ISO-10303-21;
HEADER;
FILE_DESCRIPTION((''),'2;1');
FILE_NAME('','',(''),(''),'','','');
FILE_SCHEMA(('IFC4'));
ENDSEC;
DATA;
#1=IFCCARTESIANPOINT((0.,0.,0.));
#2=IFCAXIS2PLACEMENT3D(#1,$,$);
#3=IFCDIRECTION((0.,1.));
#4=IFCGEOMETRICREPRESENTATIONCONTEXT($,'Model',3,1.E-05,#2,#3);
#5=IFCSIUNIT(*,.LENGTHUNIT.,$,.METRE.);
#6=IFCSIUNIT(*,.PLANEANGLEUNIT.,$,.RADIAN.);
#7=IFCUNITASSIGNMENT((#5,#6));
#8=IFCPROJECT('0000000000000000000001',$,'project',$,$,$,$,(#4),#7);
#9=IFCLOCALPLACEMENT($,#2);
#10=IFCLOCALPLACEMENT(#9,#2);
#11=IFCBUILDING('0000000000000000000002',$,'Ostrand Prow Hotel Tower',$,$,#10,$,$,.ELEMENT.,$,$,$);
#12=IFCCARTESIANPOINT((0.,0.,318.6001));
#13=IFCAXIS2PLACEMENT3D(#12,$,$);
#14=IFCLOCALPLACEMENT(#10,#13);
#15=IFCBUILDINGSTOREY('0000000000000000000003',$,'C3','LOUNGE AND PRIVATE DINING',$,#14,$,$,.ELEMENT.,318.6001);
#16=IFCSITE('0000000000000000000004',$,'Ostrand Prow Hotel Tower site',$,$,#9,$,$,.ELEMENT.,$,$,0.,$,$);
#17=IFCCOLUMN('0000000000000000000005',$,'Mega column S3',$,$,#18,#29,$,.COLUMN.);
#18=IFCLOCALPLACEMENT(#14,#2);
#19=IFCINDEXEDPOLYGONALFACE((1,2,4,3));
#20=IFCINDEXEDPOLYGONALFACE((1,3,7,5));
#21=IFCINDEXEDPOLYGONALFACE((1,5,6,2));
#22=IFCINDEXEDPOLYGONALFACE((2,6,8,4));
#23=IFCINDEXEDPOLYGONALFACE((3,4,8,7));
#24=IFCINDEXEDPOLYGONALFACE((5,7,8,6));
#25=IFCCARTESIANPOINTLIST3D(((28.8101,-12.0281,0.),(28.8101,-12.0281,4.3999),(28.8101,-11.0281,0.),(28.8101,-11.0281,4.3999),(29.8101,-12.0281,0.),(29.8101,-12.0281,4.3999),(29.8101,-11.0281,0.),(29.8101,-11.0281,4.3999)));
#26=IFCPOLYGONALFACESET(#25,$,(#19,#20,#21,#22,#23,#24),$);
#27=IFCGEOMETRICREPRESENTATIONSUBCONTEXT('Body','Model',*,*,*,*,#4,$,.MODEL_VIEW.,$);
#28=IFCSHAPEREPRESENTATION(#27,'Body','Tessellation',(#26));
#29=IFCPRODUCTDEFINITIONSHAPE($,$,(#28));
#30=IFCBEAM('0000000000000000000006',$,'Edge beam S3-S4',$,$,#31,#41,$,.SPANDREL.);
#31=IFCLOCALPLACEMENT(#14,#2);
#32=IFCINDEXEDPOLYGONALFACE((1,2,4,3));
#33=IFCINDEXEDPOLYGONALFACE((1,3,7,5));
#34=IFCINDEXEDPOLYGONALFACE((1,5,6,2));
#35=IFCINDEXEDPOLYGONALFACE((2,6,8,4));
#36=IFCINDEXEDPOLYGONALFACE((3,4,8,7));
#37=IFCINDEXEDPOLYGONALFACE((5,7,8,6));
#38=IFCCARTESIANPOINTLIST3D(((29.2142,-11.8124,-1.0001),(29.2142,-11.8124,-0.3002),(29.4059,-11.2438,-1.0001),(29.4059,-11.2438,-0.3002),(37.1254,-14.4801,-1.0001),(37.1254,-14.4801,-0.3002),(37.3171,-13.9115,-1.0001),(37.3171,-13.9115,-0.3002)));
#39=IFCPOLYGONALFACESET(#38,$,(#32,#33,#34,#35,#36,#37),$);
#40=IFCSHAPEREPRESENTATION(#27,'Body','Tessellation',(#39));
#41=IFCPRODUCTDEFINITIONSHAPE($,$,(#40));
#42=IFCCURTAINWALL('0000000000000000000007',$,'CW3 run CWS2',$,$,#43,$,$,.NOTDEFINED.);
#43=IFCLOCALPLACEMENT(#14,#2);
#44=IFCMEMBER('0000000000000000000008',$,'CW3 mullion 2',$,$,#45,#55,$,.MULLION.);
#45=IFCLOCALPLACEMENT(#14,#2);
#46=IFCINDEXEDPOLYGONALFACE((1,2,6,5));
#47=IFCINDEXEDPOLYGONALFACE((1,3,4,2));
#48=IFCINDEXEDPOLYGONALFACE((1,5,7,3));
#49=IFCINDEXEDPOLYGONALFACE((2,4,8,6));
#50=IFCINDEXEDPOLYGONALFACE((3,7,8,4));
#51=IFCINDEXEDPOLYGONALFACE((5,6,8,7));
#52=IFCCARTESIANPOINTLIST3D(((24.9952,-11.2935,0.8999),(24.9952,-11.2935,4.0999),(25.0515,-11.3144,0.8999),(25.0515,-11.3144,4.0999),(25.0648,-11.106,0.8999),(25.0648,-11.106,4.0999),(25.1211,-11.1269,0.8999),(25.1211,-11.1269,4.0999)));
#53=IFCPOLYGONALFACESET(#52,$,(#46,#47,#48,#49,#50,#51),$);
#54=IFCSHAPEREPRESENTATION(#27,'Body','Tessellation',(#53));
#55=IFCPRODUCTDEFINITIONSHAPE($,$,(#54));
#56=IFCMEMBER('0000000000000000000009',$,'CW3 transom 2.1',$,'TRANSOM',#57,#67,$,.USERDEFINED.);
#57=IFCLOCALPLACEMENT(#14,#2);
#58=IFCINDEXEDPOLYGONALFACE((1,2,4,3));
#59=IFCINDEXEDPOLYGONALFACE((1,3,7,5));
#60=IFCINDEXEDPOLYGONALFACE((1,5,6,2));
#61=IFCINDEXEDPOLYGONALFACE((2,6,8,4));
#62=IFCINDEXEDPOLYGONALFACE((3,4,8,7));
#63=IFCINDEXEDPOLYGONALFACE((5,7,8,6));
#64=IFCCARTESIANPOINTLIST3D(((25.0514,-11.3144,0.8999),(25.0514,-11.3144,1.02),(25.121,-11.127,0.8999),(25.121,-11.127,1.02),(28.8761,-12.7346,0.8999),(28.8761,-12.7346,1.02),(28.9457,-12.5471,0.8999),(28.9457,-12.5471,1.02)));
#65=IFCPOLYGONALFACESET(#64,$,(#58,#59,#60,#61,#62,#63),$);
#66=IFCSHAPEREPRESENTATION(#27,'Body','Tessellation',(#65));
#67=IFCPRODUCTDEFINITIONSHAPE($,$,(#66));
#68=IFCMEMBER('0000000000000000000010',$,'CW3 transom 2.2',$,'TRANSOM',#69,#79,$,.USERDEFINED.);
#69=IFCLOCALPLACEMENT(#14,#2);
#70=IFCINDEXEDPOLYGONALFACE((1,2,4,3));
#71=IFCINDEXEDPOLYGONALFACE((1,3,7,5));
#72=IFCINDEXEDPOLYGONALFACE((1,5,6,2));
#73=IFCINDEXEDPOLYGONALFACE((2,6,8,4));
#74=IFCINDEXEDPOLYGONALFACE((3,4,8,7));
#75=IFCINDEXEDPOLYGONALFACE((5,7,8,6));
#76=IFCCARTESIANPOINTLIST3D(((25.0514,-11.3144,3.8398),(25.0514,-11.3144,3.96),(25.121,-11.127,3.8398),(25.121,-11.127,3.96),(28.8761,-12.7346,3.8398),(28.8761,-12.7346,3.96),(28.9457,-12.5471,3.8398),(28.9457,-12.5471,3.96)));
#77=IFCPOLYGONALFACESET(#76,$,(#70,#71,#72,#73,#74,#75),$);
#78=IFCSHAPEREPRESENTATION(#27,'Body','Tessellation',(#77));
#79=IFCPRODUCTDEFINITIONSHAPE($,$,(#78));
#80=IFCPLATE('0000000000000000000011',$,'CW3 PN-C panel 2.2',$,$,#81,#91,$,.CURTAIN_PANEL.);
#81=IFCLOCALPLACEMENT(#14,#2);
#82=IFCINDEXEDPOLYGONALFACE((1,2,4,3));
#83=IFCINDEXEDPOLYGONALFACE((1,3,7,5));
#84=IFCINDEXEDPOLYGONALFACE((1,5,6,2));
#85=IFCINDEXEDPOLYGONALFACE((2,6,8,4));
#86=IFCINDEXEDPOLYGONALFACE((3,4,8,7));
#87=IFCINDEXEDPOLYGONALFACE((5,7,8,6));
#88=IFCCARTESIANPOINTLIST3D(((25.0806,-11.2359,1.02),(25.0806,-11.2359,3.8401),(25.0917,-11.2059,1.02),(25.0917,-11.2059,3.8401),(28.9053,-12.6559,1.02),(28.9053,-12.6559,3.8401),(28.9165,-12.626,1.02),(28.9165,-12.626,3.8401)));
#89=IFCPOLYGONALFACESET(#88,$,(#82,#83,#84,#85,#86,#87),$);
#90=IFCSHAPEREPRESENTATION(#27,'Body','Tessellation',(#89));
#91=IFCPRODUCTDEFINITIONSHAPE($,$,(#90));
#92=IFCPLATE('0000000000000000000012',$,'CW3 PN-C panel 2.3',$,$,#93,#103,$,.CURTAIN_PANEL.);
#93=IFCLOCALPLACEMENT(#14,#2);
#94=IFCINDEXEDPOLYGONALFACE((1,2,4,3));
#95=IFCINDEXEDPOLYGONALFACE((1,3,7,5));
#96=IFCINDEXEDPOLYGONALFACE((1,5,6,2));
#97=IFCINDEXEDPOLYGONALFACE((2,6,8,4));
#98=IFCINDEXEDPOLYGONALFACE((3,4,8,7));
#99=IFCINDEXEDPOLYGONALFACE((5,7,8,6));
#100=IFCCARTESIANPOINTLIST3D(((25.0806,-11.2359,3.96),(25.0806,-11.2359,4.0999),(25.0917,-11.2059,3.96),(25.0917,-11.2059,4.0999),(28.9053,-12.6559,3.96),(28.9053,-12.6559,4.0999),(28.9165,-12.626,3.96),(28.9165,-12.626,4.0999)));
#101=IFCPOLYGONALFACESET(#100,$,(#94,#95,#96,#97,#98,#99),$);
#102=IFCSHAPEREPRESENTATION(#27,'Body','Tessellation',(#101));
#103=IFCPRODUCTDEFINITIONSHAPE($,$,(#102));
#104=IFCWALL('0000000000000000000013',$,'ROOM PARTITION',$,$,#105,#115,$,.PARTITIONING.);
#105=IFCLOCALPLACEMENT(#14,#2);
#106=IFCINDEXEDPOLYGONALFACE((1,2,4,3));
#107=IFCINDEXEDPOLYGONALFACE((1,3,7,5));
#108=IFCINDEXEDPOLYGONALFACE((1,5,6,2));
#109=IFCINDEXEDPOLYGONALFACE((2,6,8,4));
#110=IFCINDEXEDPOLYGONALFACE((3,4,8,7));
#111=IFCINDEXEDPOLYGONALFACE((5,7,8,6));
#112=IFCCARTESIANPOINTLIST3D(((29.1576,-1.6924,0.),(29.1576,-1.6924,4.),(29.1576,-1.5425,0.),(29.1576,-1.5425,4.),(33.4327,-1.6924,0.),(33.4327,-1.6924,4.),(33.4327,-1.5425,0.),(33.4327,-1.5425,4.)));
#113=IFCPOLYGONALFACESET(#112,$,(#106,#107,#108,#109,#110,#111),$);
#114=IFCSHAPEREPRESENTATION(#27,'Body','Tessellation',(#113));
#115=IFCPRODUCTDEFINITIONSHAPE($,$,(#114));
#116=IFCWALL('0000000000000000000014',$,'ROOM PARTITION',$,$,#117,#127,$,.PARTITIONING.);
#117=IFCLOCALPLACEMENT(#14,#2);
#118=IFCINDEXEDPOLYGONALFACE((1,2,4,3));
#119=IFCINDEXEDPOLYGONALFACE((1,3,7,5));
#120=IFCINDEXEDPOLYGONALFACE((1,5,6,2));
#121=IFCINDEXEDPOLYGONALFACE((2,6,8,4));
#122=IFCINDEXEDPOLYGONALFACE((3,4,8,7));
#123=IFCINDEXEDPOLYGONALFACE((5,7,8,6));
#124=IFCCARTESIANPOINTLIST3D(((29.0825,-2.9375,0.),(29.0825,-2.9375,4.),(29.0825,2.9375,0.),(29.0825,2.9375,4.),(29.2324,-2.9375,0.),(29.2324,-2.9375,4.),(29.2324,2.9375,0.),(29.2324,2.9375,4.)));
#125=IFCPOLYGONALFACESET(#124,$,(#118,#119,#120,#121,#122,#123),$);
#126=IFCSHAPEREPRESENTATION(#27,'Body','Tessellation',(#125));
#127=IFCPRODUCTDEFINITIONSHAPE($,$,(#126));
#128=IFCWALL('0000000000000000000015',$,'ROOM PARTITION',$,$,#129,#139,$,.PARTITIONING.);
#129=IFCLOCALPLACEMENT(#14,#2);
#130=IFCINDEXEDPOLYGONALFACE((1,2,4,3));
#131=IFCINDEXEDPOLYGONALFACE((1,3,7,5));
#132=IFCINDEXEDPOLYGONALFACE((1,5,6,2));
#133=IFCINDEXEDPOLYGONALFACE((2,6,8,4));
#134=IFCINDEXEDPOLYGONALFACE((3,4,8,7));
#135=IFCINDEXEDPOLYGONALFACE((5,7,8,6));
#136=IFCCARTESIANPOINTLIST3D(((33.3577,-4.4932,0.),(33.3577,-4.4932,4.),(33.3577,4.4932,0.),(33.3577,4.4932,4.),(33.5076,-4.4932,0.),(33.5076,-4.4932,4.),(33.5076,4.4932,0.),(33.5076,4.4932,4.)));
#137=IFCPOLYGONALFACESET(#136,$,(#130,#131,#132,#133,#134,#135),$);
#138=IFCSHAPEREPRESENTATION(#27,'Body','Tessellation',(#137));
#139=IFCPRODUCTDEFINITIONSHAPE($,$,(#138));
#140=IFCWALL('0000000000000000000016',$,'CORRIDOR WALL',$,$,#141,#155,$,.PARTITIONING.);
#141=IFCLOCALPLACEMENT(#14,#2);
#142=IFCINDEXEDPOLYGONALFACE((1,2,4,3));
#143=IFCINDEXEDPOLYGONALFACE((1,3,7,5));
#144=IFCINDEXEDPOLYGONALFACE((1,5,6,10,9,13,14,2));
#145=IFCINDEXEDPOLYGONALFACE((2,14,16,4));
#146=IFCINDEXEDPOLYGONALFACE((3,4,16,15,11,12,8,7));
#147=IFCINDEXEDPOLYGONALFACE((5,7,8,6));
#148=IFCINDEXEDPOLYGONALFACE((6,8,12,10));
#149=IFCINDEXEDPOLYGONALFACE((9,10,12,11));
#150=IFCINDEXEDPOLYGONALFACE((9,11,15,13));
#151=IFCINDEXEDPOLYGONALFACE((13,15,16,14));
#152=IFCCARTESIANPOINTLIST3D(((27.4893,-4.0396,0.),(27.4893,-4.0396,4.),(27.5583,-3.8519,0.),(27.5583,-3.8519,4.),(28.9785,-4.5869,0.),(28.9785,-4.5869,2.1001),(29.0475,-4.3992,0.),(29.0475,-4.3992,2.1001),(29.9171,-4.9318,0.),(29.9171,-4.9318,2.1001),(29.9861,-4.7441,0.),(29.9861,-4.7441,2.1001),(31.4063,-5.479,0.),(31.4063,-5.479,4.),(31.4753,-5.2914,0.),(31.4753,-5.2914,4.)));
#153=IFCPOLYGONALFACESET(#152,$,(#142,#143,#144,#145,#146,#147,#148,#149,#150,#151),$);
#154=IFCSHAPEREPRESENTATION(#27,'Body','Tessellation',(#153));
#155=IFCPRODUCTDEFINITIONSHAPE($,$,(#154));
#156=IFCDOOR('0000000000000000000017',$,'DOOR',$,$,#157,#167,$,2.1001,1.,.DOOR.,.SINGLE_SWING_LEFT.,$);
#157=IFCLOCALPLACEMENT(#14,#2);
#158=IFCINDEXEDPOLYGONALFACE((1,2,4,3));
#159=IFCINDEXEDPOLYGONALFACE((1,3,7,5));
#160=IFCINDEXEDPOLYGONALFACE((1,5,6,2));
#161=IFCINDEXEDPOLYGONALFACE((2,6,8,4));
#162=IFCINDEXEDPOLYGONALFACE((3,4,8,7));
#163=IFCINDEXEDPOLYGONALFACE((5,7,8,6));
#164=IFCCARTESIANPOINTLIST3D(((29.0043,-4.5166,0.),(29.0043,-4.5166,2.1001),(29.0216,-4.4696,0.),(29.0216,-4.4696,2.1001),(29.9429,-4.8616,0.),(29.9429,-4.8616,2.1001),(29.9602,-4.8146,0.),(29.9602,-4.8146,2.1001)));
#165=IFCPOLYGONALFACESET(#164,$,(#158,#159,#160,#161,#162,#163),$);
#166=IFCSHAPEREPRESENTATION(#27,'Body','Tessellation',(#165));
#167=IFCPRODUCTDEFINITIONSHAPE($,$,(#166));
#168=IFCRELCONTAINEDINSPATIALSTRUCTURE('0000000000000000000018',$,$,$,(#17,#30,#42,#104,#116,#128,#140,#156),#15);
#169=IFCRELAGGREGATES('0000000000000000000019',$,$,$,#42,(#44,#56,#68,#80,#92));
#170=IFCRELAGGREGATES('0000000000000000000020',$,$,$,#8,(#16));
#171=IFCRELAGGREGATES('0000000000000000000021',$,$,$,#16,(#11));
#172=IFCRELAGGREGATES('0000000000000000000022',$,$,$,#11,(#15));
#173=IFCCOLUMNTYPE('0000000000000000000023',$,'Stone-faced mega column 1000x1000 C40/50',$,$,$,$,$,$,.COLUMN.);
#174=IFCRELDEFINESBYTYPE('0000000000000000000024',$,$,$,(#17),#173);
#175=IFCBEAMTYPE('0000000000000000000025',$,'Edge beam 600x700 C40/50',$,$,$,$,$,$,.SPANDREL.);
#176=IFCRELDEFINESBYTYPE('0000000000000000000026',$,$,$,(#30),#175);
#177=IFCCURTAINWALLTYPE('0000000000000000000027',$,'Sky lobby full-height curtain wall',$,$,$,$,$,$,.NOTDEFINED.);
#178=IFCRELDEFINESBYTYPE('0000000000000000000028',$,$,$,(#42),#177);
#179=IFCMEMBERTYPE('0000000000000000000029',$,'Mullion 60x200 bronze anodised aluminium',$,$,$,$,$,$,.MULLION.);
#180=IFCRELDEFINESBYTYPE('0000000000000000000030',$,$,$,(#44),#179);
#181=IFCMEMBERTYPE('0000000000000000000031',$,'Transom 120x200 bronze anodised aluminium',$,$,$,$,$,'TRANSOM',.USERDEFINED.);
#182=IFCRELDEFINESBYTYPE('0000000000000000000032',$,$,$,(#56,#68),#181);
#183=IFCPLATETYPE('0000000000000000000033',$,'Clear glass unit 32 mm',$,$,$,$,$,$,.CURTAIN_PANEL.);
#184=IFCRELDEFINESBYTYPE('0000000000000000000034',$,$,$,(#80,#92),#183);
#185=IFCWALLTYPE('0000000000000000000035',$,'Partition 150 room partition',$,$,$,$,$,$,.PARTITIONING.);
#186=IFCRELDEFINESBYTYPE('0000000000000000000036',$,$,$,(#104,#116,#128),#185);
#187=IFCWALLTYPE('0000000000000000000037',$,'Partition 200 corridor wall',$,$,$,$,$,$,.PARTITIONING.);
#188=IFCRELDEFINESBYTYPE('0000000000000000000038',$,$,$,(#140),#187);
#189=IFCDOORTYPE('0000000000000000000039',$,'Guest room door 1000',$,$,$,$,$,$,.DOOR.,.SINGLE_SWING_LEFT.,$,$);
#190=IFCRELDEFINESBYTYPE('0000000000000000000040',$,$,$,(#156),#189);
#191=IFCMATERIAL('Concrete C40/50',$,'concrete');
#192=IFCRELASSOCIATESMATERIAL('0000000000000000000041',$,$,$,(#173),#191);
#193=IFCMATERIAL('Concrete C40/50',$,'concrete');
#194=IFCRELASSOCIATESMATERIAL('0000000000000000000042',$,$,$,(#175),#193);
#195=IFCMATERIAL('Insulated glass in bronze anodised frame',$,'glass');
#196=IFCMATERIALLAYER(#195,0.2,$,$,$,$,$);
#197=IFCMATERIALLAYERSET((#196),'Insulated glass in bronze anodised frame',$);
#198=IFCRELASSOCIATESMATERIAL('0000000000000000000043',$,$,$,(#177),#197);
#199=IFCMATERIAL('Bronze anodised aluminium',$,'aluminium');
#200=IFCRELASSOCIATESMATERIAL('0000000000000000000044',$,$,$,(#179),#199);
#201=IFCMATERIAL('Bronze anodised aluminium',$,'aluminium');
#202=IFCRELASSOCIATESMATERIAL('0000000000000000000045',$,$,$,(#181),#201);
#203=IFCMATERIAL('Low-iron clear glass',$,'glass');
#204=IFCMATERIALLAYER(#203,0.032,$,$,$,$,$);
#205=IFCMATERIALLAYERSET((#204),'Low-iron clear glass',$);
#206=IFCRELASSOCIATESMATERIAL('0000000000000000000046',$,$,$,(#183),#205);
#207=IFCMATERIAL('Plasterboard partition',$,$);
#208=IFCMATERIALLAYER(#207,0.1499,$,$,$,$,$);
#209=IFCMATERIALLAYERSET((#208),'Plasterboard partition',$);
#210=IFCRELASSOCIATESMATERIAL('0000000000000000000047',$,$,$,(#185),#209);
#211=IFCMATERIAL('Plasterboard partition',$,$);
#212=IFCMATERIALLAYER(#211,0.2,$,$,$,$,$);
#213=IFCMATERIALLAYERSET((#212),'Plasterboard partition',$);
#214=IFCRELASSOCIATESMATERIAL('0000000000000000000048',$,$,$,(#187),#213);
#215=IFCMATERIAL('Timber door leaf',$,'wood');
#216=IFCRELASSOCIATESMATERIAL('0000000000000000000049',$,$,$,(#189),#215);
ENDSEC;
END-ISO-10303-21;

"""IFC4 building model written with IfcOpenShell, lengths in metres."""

from ifc_helpers import new_model, si_unit, direction, frame, frame_2d, origin, origin_2d, place, context, subcontext, project, spatial, rectangle, extrude, material, layer, layer_set, material_profile, profile_set, type_object, element, fill, aggregate, save


model = new_model("IFC4")

# Units and contexts
model_context = context("Model", 3, precision=1e-05, world=origin(), true_north=direction((0.0, 1.0)))
body_context = subcontext(model_context, "Body", "Model", "MODEL_VIEW")
ifc_project = project(units=[si_unit("LENGTHUNIT", "METRE"), si_unit("PLANEANGLEUNIT", "RADIAN")], contexts=[model_context])

# Site, building, storey
site_placement = place(None, origin())
site = spatial("IfcSite", under=ifc_project, at=site_placement, Name="Ostrand Prow Hotel Tower site", CompositionType="ELEMENT", RefElevation=0.0)
building_placement = place(site_placement, origin())
building = spatial("IfcBuilding", under=site, at=building_placement, Name="Ostrand Prow Hotel Tower", CompositionType="ELEMENT")
storey_placement = place(building_placement, frame((0.0, 0.0, 318.6001)))
storey = spatial("IfcBuildingStorey", under=building, at=storey_placement, Name="C3", Description="LOUNGE AND PRIVATE DINING", CompositionType="ELEMENT", Elevation=318.6001)

# Column
ifc_material_1 = material(Name="Concrete C40/50", Category="concrete")
ifc_material_profile_1 = material_profile(ifc_material_1, rectangle(XDim=1.0, YDim=1.0, at=origin_2d()), Name="RC 1000x1000")
ifc_profile_set_1 = profile_set([ifc_material_profile_1], Name="Concrete C40/50")
column_type = type_object("IfcColumnType", Name="Stone-faced mega column 1000x1000 C40/50", PredefinedType="COLUMN", material=ifc_profile_set_1)
column_placement = place(storey_placement, frame((29.3101, -11.5281, 0.0), z_axis=(0.0, 0.0, 1.0), x_axis=(1.0, 0.0, 0.0)))
element("IfcColumn", 1, at=column_placement, inside=storey, type_object=column_type, Name="Mega column S3", PredefinedType="COLUMN", context=body_context, shape_type="SweptSolid", body=[
    extrude(rectangle(XDim=1.0, YDim=1.0, at=origin_2d()), origin(), (0.0, 0.0, 1.0), 4.3999),
])

# Beam
ifc_material_2 = material(Name="Concrete C40/50", Category="concrete")
ifc_material_profile_2 = material_profile(ifc_material_2, rectangle(XDim=0.6001, YDim=0.7, at=origin_2d()), Name="RC 600x700")
ifc_profile_set_2 = profile_set([ifc_material_profile_2], Name="Concrete C40/50")
beam_type = type_object("IfcBeamType", Name="Edge beam 600x700 C40/50", PredefinedType="SPANDREL", material=ifc_profile_set_2)
beam_placement = place(storey_placement, frame((29.3101, -11.5281, -0.6501), z_axis=(0.947575, -0.319533, 0.0), x_axis=(0.319533, 0.947575, 0.0)))
element("IfcBeam", 2, at=beam_placement, inside=storey, type_object=beam_type, Name="Edge beam S3-S4", PredefinedType="SPANDREL", context=body_context, shape_type="SweptSolid", body=[
    extrude(rectangle(XDim=0.6001, YDim=0.7, at=origin_2d()), origin(), (0.0, 0.0, 1.0), 8.3489),
])

# Curtain wall, members, plates
ifc_material_3 = material(Name="Insulated glass in bronze anodised frame", Category="glass")
ifc_layer_1 = layer(ifc_material_3, 0.2)
ifc_layer_set_1 = layer_set([ifc_layer_1], Name="Insulated glass in bronze anodised frame")
curtain_wall_type = type_object("IfcCurtainWallType", Name="Sky lobby full-height curtain wall", PredefinedType="NOTDEFINED", material=ifc_layer_set_1)
curtain_wall_placement = place(storey_placement, origin())
curtain_wall = element("IfcCurtainWall", 3, at=curtain_wall_placement, inside=storey, type_object=curtain_wall_type, Name="CW3 run CWS2", PredefinedType="NOTDEFINED")
ifc_material_4 = material(Name="Bronze anodised aluminium", Category="aluminium")
ifc_material_profile_3 = material_profile(ifc_material_4, rectangle(XDim=0.2, YDim=0.0601, at=origin_2d()), Name="Mullion 60x200 bronze anodised aluminium")
ifc_profile_set_3 = profile_set([ifc_material_profile_3], Name="Bronze anodised aluminium")
member_type_1 = type_object("IfcMemberType", Name="Mullion 60x200 bronze anodised aluminium", PredefinedType="MULLION", material=ifc_profile_set_3)
member_1_placement = place(storey_placement, frame((25.0581, -11.2102, 0.8999), z_axis=(0.0, 0.0, 1.0), x_axis=(0.348071, 0.937468, 0.0)))
member_1 = element("IfcMember", 4, at=member_1_placement, type_object=member_type_1, Name="CW3 mullion 2", PredefinedType="MULLION", context=body_context, shape_type="SweptSolid", body=[
    extrude(rectangle(XDim=0.2, YDim=0.0601, at=origin_2d()), origin(), (0.0, 0.0, 1.0), 3.2),
])
ifc_material_5 = material(Name="Bronze anodised aluminium", Category="aluminium")
ifc_material_profile_4 = material_profile(ifc_material_5, rectangle(XDim=0.2, YDim=0.1201, at=origin_2d()), Name="Transom 120x200 bronze anodised aluminium")
ifc_profile_set_4 = profile_set([ifc_material_profile_4], Name="Bronze anodised aluminium")
member_type_2 = type_object("IfcMemberType", Name="Transom 120x200 bronze anodised aluminium", ElementType="TRANSOM", PredefinedType="USERDEFINED", material=ifc_profile_set_4)
member_2_placement = place(storey_placement, frame((25.0862, -11.2207, 0.96), z_axis=(0.93746, -0.348092, 0.0), x_axis=(0.348092, 0.93746, 0.0)))
member_2 = element("IfcMember", 5, at=member_2_placement, type_object=member_type_2, Name="CW3 transom 2.1", ObjectType="TRANSOM", PredefinedType="USERDEFINED", context=body_context, shape_type="SweptSolid", body=[
    extrude(rectangle(XDim=0.2, YDim=0.1201, at=origin_2d()), origin(), (0.0, 0.0, 1.0), 4.0798),
])
member_3_placement = place(storey_placement, frame((25.0862, -11.2207, 3.8999), z_axis=(0.93746, -0.348092, 0.0), x_axis=(0.348092, 0.93746, 0.0)))
member_3 = element("IfcMember", 6, at=member_3_placement, type_object=member_type_2, Name="CW3 transom 2.2", ObjectType="TRANSOM", PredefinedType="USERDEFINED", context=body_context, shape_type="SweptSolid", body=[
    extrude(rectangle(XDim=0.2, YDim=0.1201, at=origin_2d()), origin(), (0.0, 0.0, 1.0), 4.0798),
])
ifc_material_6 = material(Name="Low-iron clear glass", Category="glass")
ifc_layer_2 = layer(ifc_material_6, 0.032)
ifc_layer_set_2 = layer_set([ifc_layer_2], Name="Low-iron clear glass")
plate_type = type_object("IfcPlateType", Name="Clear glass unit 32 mm", PredefinedType="CURTAIN_PANEL", material=ifc_layer_set_2)
plate_1_placement = place(storey_placement, frame((26.9985, -11.9309, 1.02), z_axis=(0.0, 0.0, 1.0), x_axis=(0.937468, -0.348071, 0.0)))
plate_1 = element("IfcPlate", 7, at=plate_1_placement, type_object=plate_type, Name="CW3 PN-C panel 2.2", PredefinedType="CURTAIN_PANEL", context=body_context, shape_type="SweptSolid", body=[
    extrude(rectangle(XDim=4.0798, YDim=0.032, at=origin_2d()), origin(), (0.0, 0.0, 1.0), 2.8201),
])
plate_2_placement = place(storey_placement, frame((26.9985, -11.9309, 3.96), z_axis=(0.0, 0.0, 1.0), x_axis=(0.937468, -0.348071, 0.0)))
plate_2 = element("IfcPlate", 8, at=plate_2_placement, type_object=plate_type, Name="CW3 PN-C panel 2.3", PredefinedType="CURTAIN_PANEL", context=body_context, shape_type="SweptSolid", body=[
    extrude(rectangle(XDim=4.0798, YDim=0.032, at=origin_2d()), origin(), (0.0, 0.0, 1.0), 0.1399),
])
aggregate(curtain_wall, [member_1, member_2, member_3, plate_1, plate_2])

# Walls
ifc_material_7 = material(Name="Plasterboard partition")
ifc_layer_3 = layer(ifc_material_7, 0.1499)
ifc_layer_set_3 = layer_set([ifc_layer_3], Name="Plasterboard partition")
wall_type_1 = type_object("IfcWallType", Name="Partition 150 room partition", PredefinedType="PARTITIONING", material=ifc_layer_set_3)
wall_1_placement = place(storey_placement, frame((29.1575, -1.6174, 0.0), z_axis=(0.0, 0.0, 1.0), x_axis=(1.0, 0.0, 0.0)))
element("IfcWall", 9, at=wall_1_placement, inside=storey, type_object=wall_type_1, Name="ROOM PARTITION", PredefinedType="PARTITIONING", context=body_context, shape_type="SweptSolid", body=[
    extrude(rectangle(XDim=4.2751, YDim=0.1499, at=frame_2d((2.1377, 0.0))), origin(), (0.0, 0.0, 1.0), 4.0),
])
wall_2_placement = place(storey_placement, frame((29.1575, -2.9375, 0.0), z_axis=(0.0, 0.0, 1.0), x_axis=(0.0, 1.0, 0.0)))
element("IfcWall", 10, at=wall_2_placement, inside=storey, type_object=wall_type_1, Name="ROOM PARTITION", PredefinedType="PARTITIONING", context=body_context, shape_type="SweptSolid", body=[
    extrude(rectangle(XDim=5.875, YDim=0.1499, at=frame_2d((2.9375, 0.0))), origin(), (0.0, 0.0, 1.0), 4.0),
])
wall_3_placement = place(storey_placement, frame((33.4326, -4.4932, 0.0), z_axis=(0.0, 0.0, 1.0), x_axis=(0.0, 1.0, 0.0)))
element("IfcWall", 11, at=wall_3_placement, inside=storey, type_object=wall_type_1, Name="ROOM PARTITION", PredefinedType="PARTITIONING", context=body_context, shape_type="SweptSolid", body=[
    extrude(rectangle(XDim=8.9863, YDim=0.1499, at=frame_2d((4.4932, 0.0))), origin(), (0.0, 0.0, 1.0), 4.0),
])

# Wall, opening, door
ifc_material_8 = material(Name="Plasterboard partition")
ifc_layer_4 = layer(ifc_material_8, 0.2)
ifc_layer_set_4 = layer_set([ifc_layer_4], Name="Plasterboard partition")
wall_type_2 = type_object("IfcWallType", Name="Partition 200 corridor wall", PredefinedType="PARTITIONING", material=ifc_layer_set_4)
wall_4_placement = place(storey_placement, frame((27.5239, -3.9458, 0.0), z_axis=(0.0, 0.0, 1.0), x_axis=(0.938626, -0.344935, 0.0)))
wall_4 = element("IfcWall", 12, at=wall_4_placement, inside=storey, type_object=wall_type_2, Name="CORRIDOR WALL", PredefinedType="PARTITIONING", context=body_context, shape_type="SweptSolid", body=[
    extrude(rectangle(XDim=4.1731, YDim=0.2, at=frame_2d((2.0864, 0.0))), origin(), (0.0, 0.0, 1.0), 4.0),
])
opening_1_placement = place(wall_4_placement, frame((1.5864, 0.0, 0.0)))
opening_1 = element("IfcOpeningElement", 13, at=opening_1_placement, cuts=wall_4, PredefinedType="OPENING", context=body_context, shape_type="SweptSolid", body=[
    extrude(rectangle(XDim=1.0, YDim=2.1001, at=frame_2d((0.5, 1.05))), frame((0.0, 0.1099, 0.0), z_axis=(0.0, -1.0, 0.0), x_axis=(1.0, 0.0, 0.0)), (0.0, 0.0, 1.0), 0.22),
])
ifc_material_9 = material(Name="Timber door leaf", Category="wood")
door_type_1 = type_object("IfcDoorType", Name="Guest room door 1000", OperationType="SINGLE_SWING_LEFT", PredefinedType="DOOR", material=ifc_material_9)
door_1_placement = place(opening_1_placement, origin())
door_1 = element("IfcDoor", 14, at=door_1_placement, inside=storey, type_object=door_type_1, Name="DOOR", OperationType="SINGLE_SWING_LEFT", OverallHeight=2.1001, OverallWidth=1.0, PredefinedType="DOOR", context=body_context, shape_type="SweptSolid", body=[
    extrude(rectangle(XDim=1.0, YDim=2.1001, at=frame_2d((0.5, 1.05))), frame((0.0, 0.0249, 0.0), z_axis=(0.0, -1.0, 0.0), x_axis=(1.0, 0.0, 0.0)), (0.0, 0.0, 1.0), 0.05),
])
fill(opening_1, door_1)

save(model, "model.ifc")
